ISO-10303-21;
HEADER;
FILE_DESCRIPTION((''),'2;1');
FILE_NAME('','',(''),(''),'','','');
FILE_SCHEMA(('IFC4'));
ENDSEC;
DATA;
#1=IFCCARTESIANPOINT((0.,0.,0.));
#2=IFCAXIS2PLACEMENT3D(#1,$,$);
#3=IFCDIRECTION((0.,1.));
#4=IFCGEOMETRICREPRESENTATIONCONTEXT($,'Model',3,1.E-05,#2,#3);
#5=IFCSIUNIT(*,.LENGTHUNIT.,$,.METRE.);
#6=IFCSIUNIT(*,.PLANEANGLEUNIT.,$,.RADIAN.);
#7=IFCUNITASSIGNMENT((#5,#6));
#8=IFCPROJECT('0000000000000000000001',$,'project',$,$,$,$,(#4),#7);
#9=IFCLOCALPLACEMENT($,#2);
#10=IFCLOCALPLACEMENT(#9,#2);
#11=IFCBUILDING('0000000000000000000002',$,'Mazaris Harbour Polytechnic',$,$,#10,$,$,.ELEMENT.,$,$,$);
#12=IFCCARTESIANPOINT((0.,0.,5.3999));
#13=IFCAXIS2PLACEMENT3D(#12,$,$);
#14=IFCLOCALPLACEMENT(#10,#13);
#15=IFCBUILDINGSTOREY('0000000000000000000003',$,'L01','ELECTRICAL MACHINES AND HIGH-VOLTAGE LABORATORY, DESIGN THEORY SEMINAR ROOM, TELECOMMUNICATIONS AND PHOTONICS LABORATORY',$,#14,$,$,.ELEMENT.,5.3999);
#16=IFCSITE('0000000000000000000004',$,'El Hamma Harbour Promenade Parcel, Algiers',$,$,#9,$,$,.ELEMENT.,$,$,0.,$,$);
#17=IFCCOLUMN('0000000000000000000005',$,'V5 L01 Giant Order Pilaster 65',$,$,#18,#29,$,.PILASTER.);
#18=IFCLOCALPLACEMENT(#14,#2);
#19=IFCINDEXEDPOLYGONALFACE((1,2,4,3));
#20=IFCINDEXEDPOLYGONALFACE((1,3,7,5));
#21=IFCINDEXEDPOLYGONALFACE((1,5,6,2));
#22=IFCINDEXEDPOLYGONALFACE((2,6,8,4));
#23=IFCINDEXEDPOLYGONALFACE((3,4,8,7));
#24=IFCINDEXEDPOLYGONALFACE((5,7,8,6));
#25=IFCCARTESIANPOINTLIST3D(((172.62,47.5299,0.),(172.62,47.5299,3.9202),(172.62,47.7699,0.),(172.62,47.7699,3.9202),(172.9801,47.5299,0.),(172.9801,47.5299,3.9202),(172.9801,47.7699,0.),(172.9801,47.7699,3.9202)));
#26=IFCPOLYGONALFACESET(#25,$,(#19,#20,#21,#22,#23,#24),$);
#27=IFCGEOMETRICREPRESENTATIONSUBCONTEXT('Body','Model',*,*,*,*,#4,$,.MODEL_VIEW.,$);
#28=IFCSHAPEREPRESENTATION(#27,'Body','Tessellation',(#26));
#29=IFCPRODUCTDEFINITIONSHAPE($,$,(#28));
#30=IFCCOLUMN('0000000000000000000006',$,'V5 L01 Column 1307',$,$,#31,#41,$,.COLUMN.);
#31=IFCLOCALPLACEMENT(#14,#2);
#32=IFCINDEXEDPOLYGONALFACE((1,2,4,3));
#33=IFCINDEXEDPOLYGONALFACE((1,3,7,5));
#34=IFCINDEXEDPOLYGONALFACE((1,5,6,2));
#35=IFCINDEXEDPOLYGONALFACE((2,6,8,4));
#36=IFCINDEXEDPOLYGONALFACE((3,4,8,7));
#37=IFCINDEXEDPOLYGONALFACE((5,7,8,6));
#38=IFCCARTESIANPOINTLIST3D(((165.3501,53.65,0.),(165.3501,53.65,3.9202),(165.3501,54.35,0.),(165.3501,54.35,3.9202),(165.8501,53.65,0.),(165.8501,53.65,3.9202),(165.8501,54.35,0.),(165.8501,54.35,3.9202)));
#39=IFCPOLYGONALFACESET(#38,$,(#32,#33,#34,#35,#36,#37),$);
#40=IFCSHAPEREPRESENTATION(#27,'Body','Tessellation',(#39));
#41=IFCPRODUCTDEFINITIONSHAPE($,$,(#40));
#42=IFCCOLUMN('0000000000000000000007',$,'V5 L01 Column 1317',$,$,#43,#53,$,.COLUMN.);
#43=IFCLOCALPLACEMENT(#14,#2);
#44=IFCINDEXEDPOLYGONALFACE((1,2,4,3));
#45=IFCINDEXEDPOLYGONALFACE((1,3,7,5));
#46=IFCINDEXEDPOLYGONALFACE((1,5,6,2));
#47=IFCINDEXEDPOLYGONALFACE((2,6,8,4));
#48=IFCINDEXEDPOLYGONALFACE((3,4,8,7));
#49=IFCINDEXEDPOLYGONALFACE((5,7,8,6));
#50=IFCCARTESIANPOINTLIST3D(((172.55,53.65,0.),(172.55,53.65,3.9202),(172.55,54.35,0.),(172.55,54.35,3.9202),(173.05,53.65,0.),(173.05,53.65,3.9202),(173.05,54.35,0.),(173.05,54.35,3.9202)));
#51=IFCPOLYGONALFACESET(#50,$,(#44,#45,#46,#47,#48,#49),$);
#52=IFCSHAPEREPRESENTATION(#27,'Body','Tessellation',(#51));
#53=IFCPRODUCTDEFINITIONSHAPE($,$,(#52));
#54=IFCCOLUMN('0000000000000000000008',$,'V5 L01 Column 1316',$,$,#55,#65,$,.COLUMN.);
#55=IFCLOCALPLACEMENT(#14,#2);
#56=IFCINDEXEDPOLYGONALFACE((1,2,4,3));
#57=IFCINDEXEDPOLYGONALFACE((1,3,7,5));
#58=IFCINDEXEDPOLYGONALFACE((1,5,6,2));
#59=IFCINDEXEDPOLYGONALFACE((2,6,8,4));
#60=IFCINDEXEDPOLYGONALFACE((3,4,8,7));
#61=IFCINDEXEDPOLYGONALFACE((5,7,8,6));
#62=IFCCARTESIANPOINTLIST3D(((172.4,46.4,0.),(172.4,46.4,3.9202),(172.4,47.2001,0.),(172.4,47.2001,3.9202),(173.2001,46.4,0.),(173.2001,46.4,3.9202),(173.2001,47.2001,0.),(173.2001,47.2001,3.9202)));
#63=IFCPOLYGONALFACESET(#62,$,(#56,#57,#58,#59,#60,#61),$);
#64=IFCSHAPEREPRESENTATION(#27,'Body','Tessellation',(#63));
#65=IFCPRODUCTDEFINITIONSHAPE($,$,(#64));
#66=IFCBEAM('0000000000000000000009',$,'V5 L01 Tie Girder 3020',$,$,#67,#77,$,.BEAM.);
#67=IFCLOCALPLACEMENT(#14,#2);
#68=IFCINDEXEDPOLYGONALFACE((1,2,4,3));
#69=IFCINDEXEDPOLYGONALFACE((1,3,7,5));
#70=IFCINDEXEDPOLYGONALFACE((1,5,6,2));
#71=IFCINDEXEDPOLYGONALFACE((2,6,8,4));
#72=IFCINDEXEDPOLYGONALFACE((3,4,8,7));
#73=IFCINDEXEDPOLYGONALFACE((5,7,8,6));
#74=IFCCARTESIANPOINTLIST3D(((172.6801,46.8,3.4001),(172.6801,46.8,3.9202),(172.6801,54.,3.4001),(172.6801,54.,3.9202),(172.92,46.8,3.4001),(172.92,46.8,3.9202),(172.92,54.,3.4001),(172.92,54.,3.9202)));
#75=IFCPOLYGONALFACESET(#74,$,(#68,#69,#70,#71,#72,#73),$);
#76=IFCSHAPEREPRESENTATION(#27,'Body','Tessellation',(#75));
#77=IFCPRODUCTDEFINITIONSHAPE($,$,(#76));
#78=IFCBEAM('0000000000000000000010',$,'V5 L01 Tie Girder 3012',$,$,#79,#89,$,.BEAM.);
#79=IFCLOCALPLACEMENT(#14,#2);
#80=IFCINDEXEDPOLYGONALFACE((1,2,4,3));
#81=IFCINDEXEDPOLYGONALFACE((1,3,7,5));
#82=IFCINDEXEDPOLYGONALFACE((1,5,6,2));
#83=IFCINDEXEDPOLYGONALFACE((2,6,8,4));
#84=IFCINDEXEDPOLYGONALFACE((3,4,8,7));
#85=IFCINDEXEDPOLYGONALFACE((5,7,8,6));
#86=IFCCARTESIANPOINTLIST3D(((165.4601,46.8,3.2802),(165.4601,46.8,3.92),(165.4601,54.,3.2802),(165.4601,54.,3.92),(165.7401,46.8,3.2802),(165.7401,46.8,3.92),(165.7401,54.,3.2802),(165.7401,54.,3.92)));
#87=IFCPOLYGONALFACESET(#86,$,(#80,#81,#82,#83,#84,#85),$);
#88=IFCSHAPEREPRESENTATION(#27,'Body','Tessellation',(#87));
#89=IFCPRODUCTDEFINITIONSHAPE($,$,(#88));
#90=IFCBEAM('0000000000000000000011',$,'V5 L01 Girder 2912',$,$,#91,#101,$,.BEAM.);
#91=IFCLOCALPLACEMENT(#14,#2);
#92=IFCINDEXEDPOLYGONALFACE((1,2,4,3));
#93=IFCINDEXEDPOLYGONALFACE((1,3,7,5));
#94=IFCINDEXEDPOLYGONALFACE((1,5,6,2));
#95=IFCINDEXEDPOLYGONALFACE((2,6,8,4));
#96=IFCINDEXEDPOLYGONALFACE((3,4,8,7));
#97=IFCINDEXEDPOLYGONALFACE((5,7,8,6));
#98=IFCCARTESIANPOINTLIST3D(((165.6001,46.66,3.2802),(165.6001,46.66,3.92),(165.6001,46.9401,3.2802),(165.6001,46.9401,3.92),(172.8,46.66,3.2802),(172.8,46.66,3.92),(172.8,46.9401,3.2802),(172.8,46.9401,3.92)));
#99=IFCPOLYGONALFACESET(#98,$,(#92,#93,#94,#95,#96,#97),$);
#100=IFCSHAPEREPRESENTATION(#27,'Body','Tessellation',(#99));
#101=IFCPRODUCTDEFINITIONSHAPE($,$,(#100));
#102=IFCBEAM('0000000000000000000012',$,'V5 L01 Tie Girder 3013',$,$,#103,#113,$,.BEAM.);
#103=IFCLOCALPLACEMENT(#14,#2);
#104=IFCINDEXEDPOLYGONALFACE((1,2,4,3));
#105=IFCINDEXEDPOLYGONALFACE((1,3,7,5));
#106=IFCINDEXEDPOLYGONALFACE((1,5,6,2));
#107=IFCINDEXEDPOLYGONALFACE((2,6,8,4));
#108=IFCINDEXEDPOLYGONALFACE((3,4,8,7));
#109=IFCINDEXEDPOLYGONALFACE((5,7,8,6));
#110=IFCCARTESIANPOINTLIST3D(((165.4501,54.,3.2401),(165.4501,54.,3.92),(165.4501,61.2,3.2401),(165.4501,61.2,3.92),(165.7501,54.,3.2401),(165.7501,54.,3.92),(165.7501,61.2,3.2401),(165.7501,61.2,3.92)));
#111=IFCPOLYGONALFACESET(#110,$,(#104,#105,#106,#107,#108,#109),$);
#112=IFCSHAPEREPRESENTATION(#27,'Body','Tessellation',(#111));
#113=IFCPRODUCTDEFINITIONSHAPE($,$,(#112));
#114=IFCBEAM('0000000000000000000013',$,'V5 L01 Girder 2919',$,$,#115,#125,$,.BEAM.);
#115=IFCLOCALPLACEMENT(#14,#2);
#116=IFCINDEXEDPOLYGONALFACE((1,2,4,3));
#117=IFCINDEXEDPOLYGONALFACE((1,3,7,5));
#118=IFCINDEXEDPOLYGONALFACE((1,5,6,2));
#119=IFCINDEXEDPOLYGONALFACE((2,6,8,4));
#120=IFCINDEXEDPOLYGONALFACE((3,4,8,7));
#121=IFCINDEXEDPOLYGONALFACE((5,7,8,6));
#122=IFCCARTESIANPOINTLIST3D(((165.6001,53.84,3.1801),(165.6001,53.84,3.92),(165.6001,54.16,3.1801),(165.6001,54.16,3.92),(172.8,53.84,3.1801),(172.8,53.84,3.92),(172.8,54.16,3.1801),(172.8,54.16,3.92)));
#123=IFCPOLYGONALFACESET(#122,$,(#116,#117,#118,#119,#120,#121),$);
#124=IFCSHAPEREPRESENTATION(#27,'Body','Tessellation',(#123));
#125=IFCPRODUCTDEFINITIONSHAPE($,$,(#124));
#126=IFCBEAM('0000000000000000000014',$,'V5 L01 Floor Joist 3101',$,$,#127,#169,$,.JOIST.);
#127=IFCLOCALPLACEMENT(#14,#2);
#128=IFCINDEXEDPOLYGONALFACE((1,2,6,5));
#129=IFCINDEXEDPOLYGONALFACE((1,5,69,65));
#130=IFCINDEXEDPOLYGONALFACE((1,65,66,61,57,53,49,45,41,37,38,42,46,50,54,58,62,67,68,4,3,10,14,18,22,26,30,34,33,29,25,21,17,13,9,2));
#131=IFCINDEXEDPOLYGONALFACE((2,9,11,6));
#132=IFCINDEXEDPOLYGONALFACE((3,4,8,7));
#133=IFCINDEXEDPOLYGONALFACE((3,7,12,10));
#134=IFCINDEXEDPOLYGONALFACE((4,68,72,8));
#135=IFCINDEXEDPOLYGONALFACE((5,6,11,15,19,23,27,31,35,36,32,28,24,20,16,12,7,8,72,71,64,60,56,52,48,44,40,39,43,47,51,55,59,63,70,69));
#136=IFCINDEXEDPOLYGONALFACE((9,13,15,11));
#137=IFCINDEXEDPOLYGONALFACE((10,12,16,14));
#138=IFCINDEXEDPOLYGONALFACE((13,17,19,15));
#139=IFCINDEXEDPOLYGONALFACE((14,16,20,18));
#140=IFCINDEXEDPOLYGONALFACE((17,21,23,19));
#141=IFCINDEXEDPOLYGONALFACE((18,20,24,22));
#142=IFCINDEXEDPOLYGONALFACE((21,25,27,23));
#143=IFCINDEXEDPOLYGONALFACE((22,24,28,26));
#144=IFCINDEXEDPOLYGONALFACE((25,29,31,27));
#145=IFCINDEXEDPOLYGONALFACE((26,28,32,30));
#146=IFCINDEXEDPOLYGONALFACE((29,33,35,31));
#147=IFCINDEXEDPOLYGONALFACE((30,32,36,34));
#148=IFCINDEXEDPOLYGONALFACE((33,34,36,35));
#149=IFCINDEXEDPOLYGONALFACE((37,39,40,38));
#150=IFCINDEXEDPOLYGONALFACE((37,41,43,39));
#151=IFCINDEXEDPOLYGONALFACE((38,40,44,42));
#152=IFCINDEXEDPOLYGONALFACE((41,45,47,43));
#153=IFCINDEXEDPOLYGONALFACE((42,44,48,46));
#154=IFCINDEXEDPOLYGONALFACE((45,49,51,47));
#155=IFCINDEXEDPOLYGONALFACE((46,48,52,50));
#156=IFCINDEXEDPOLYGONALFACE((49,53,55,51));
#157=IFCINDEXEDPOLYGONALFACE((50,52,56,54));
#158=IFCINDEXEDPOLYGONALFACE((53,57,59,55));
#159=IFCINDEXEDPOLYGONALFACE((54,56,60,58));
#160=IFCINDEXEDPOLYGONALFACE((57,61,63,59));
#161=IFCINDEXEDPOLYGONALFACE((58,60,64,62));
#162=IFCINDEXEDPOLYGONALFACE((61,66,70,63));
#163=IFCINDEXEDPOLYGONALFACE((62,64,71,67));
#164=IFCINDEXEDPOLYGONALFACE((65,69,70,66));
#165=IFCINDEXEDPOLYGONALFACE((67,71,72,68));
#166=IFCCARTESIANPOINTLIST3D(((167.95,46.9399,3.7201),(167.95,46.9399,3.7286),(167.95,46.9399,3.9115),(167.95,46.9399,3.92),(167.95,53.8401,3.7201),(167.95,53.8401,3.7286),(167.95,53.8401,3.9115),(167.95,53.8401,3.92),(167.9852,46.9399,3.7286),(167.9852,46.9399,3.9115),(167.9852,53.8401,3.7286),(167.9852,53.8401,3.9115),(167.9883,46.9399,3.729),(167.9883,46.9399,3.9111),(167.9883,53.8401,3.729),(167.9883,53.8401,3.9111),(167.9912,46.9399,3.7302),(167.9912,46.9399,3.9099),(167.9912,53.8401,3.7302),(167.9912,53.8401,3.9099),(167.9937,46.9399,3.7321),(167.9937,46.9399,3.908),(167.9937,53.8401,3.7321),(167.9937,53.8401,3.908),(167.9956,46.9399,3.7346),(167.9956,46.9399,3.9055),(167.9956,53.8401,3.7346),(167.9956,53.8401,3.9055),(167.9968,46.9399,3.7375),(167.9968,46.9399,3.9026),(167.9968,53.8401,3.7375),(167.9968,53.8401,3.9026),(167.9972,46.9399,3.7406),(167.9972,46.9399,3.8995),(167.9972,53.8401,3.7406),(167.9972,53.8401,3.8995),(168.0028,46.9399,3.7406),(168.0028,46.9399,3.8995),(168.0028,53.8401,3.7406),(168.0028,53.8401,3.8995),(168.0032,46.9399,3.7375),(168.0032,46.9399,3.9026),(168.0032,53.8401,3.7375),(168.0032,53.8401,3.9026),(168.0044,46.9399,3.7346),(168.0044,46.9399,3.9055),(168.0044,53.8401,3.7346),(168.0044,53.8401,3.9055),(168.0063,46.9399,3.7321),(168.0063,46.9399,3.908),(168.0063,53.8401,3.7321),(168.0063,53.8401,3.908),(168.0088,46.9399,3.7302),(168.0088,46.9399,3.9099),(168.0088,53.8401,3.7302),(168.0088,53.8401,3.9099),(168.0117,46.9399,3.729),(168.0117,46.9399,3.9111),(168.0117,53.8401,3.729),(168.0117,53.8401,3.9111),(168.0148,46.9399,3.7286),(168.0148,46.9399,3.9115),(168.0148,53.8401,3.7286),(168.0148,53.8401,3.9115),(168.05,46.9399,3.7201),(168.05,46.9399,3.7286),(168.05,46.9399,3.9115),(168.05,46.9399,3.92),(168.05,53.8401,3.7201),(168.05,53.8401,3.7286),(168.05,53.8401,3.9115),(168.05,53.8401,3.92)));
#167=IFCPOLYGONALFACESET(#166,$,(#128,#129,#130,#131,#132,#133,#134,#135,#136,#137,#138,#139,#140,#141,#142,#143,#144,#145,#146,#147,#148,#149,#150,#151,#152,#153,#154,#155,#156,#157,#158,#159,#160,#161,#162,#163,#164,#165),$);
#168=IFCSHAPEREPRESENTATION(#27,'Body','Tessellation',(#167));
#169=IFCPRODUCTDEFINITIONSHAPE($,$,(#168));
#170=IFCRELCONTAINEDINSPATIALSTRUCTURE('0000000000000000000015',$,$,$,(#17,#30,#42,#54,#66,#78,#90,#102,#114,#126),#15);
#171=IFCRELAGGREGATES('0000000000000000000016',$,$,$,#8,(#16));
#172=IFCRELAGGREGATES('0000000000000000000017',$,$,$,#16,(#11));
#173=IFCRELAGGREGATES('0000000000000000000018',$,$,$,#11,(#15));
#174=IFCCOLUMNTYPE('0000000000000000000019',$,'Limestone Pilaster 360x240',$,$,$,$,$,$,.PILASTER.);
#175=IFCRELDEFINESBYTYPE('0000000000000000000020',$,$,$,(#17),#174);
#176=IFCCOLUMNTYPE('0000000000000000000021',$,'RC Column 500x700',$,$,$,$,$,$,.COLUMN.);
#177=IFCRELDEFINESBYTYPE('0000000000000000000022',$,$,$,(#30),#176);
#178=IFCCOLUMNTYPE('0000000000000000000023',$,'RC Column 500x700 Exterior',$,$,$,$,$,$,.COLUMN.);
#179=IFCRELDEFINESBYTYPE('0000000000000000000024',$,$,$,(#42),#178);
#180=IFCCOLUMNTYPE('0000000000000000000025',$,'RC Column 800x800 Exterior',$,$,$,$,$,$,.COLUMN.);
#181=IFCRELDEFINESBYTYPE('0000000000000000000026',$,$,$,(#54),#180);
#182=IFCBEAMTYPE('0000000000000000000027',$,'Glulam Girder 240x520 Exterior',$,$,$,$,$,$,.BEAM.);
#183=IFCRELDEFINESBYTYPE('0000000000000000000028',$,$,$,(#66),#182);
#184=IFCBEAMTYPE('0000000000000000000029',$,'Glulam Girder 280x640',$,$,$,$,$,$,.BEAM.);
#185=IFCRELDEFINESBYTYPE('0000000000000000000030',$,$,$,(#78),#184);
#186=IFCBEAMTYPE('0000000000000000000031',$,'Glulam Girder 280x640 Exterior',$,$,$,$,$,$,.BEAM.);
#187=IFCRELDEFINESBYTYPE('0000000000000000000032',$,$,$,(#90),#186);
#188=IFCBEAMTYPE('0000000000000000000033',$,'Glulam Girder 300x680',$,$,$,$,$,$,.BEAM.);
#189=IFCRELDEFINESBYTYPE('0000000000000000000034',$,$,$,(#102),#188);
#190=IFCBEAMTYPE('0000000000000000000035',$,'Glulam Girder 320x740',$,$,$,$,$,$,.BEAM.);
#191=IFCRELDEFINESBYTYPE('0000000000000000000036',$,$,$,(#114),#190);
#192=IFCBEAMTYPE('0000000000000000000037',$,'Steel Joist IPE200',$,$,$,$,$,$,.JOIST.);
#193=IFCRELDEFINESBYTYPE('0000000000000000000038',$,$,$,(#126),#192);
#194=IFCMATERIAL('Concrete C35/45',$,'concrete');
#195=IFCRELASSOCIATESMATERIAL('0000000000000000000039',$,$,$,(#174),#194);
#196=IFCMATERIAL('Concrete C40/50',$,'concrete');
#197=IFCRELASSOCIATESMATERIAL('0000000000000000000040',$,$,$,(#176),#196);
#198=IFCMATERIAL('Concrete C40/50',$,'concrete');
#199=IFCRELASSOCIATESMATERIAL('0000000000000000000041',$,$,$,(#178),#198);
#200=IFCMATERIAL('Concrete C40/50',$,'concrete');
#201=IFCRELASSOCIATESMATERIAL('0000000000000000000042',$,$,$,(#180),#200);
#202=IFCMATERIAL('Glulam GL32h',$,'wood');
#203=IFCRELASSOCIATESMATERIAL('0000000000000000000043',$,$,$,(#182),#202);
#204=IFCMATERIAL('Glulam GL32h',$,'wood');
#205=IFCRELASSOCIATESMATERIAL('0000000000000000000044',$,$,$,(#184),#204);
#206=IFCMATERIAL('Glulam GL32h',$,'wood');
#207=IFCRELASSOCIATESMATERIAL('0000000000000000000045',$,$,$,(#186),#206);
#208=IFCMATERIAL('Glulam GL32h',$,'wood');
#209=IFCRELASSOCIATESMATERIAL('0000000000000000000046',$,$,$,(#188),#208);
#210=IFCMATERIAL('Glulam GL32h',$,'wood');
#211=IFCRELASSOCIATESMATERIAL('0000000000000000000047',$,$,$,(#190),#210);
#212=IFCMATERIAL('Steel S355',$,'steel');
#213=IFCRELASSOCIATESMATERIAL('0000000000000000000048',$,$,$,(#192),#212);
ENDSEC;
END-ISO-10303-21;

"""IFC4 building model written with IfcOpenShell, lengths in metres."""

from ifc_helpers import new_model, si_unit, direction, frame, origin, origin_2d, place, context, subcontext, project, spatial, rectangle, i_section, extrude, material, material_profile, profile_set, type_object, element, save


model = new_model("IFC4")

# Units and contexts
model_context = context("Model", 3, precision=1e-05, world=origin(), true_north=direction((0.0, 1.0)))
body_context = subcontext(model_context, "Body", "Model", "MODEL_VIEW")
ifc_project = project(units=[si_unit("LENGTHUNIT", "METRE"), si_unit("PLANEANGLEUNIT", "RADIAN")], contexts=[model_context])

# Site, building, storey
site_placement = place(None, origin())
site = spatial("IfcSite", under=ifc_project, at=site_placement, Name="El Hamma Harbour Promenade Parcel, Algiers", CompositionType="ELEMENT", RefElevation=0.0)
building_placement = place(site_placement, origin())
building = spatial("IfcBuilding", under=site, at=building_placement, Name="Mazaris Harbour Polytechnic", CompositionType="ELEMENT")
storey_placement = place(building_placement, frame((0.0, 0.0, 5.3999)))
storey = spatial("IfcBuildingStorey", under=building, at=storey_placement, Name="L01", Description="ELECTRICAL MACHINES AND HIGH-VOLTAGE LABORATORY, DESIGN THEORY SEMINAR ROOM, TELECOMMUNICATIONS AND PHOTONICS LABORATORY", CompositionType="ELEMENT", Elevation=5.3999)

# Columns
ifc_material_1 = material(Name="Concrete C35/45", Category="concrete")
ifc_material_profile_1 = material_profile(ifc_material_1, rectangle(XDim=0.3601, YDim=0.24, at=origin_2d()), Name="RECT360x240")
ifc_profile_set_1 = profile_set([ifc_material_profile_1], Name="Concrete C35/45")
column_type_1 = type_object("IfcColumnType", Name="Limestone Pilaster 360x240", PredefinedType="PILASTER", material=ifc_profile_set_1)
column_1_placement = place(storey_placement, frame((172.8, 47.6499, 0.0), z_axis=(0.0, 0.0, 1.0), x_axis=(1.0, 0.0, 0.0)))
element("IfcColumn", 1, at=column_1_placement, inside=storey, type_object=column_type_1, Name="V5 L01 Giant Order Pilaster 65", PredefinedType="PILASTER", context=body_context, shape_type="SweptSolid", body=[
    extrude(rectangle(XDim=0.3601, YDim=0.24, at=origin_2d()), origin(), (0.0, 0.0, 1.0), 3.9202),
])
ifc_material_2 = material(Name="Concrete C40/50", Category="concrete")
ifc_material_profile_2 = material_profile(ifc_material_2, rectangle(XDim=0.5, YDim=0.7, at=origin_2d()), Name="RECT500x700")
ifc_profile_set_2 = profile_set([ifc_material_profile_2], Name="Concrete C40/50")
column_type_2 = type_object("IfcColumnType", Name="RC Column 500x700", PredefinedType="COLUMN", material=ifc_profile_set_2)
column_2_placement = place(storey_placement, frame((165.6001, 54.0, 0.0), z_axis=(0.0, 0.0, 1.0), x_axis=(1.0, 0.0, 0.0)))
element("IfcColumn", 2, at=column_2_placement, inside=storey, type_object=column_type_2, Name="V5 L01 Column 1307", PredefinedType="COLUMN", context=body_context, shape_type="SweptSolid", body=[
    extrude(rectangle(XDim=0.5, YDim=0.7, at=origin_2d()), origin(), (0.0, 0.0, 1.0), 3.9202),
])
ifc_material_3 = material(Name="Concrete C40/50", Category="concrete")
ifc_material_profile_3 = material_profile(ifc_material_3, rectangle(XDim=0.5, YDim=0.7, at=origin_2d()), Name="RECT500x700")
ifc_profile_set_3 = profile_set([ifc_material_profile_3], Name="Concrete C40/50")
column_type_3 = type_object("IfcColumnType", Name="RC Column 500x700 Exterior", PredefinedType="COLUMN", material=ifc_profile_set_3)
column_3_placement = place(storey_placement, frame((172.8, 54.0, 0.0), z_axis=(0.0, 0.0, 1.0), x_axis=(1.0, 0.0, 0.0)))
element("IfcColumn", 3, at=column_3_placement, inside=storey, type_object=column_type_3, Name="V5 L01 Column 1317", PredefinedType="COLUMN", context=body_context, shape_type="SweptSolid", body=[
    extrude(rectangle(XDim=0.5, YDim=0.7, at=origin_2d()), origin(), (0.0, 0.0, 1.0), 3.9202),
])
ifc_material_4 = material(Name="Concrete C40/50", Category="concrete")
ifc_material_profile_4 = material_profile(ifc_material_4, rectangle(XDim=0.8, YDim=0.8, at=origin_2d()), Name="RECT800x800")
ifc_profile_set_4 = profile_set([ifc_material_profile_4], Name="Concrete C40/50")
column_type_4 = type_object("IfcColumnType", Name="RC Column 800x800 Exterior", PredefinedType="COLUMN", material=ifc_profile_set_4)
column_4_placement = place(storey_placement, frame((172.8, 46.8, 0.0), z_axis=(0.0, 0.0, 1.0), x_axis=(1.0, 0.0, 0.0)))
element("IfcColumn", 4, at=column_4_placement, inside=storey, type_object=column_type_4, Name="V5 L01 Column 1316", PredefinedType="COLUMN", context=body_context, shape_type="SweptSolid", body=[
    extrude(rectangle(XDim=0.8, YDim=0.8, at=origin_2d()), origin(), (0.0, 0.0, 1.0), 3.9202),
])

# Beams
ifc_material_5 = material(Name="Glulam GL32h", Category="wood")
ifc_material_profile_5 = material_profile(ifc_material_5, rectangle(XDim=0.24, YDim=0.52, at=origin_2d()), Name="RECT240x520")
ifc_profile_set_5 = profile_set([ifc_material_profile_5], Name="Glulam GL32h")
beam_type_1 = type_object("IfcBeamType", Name="Glulam Girder 240x520 Exterior", PredefinedType="BEAM", material=ifc_profile_set_5)
beam_1_placement = place(storey_placement, frame((172.8, 46.8, 3.6602), z_axis=(0.0, 1.0, 0.0), x_axis=(-1.0, 0.0, 0.0)))
element("IfcBeam", 5, at=beam_1_placement, inside=storey, type_object=beam_type_1, Name="V5 L01 Tie Girder 3020", PredefinedType="BEAM", context=body_context, shape_type="SweptSolid", body=[
    extrude(rectangle(XDim=0.24, YDim=0.52, at=origin_2d()), origin(), (0.0, 0.0, 1.0), 7.2),
])
ifc_material_6 = material(Name="Glulam GL32h", Category="wood")
ifc_material_profile_6 = material_profile(ifc_material_6, rectangle(XDim=0.28, YDim=0.6399, at=origin_2d()), Name="RECT280x640")
ifc_profile_set_6 = profile_set([ifc_material_profile_6], Name="Glulam GL32h")
beam_type_2 = type_object("IfcBeamType", Name="Glulam Girder 280x640", PredefinedType="BEAM", material=ifc_profile_set_6)
beam_2_placement = place(storey_placement, frame((165.6001, 46.8, 3.6001), z_axis=(0.0, 1.0, 0.0), x_axis=(-1.0, 0.0, 0.0)))
element("IfcBeam", 6, at=beam_2_placement, inside=storey, type_object=beam_type_2, Name="V5 L01 Tie Girder 3012", PredefinedType="BEAM", context=body_context, shape_type="SweptSolid", body=[
    extrude(rectangle(XDim=0.28, YDim=0.6399, at=origin_2d()), origin(), (0.0, 0.0, 1.0), 7.2),
])
ifc_material_7 = material(Name="Glulam GL32h", Category="wood")
ifc_material_profile_7 = material_profile(ifc_material_7, rectangle(XDim=0.28, YDim=0.6399, at=origin_2d()), Name="RECT280x640")
ifc_profile_set_7 = profile_set([ifc_material_profile_7], Name="Glulam GL32h")
beam_type_3 = type_object("IfcBeamType", Name="Glulam Girder 280x640 Exterior", PredefinedType="BEAM", material=ifc_profile_set_7)
beam_3_placement = place(storey_placement, frame((165.6001, 46.8, 3.6001), z_axis=(1.0, 0.0, 0.0), x_axis=(0.0, 1.0, 0.0)))
element("IfcBeam", 7, at=beam_3_placement, inside=storey, type_object=beam_type_3, Name="V5 L01 Girder 2912", PredefinedType="BEAM", context=body_context, shape_type="SweptSolid", body=[
    extrude(rectangle(XDim=0.28, YDim=0.6399, at=origin_2d()), origin(), (0.0, 0.0, 1.0), 7.2),
])
ifc_material_8 = material(Name="Glulam GL32h", Category="wood")
ifc_material_profile_8 = material_profile(ifc_material_8, rectangle(XDim=0.3, YDim=0.6799, at=origin_2d()), Name="RECT300x680")
ifc_profile_set_8 = profile_set([ifc_material_profile_8], Name="Glulam GL32h")
beam_type_4 = type_object("IfcBeamType", Name="Glulam Girder 300x680", PredefinedType="BEAM", material=ifc_profile_set_8)
beam_4_placement = place(storey_placement, frame((165.6001, 54.0, 3.5801), z_axis=(0.0, 1.0, 0.0), x_axis=(-1.0, 0.0, 0.0)))
element("IfcBeam", 8, at=beam_4_placement, inside=storey, type_object=beam_type_4, Name="V5 L01 Tie Girder 3013", PredefinedType="BEAM", context=body_context, shape_type="SweptSolid", body=[
    extrude(rectangle(XDim=0.3, YDim=0.6799, at=origin_2d()), origin(), (0.0, 0.0, 1.0), 7.2),
])
ifc_material_9 = material(Name="Glulam GL32h", Category="wood")
ifc_material_profile_9 = material_profile(ifc_material_9, rectangle(XDim=0.3201, YDim=0.74, at=origin_2d()), Name="RECT320x740")
ifc_profile_set_9 = profile_set([ifc_material_profile_9], Name="Glulam GL32h")
beam_type_5 = type_object("IfcBeamType", Name="Glulam Girder 320x740", PredefinedType="BEAM", material=ifc_profile_set_9)
beam_5_placement = place(storey_placement, frame((165.6001, 54.0, 3.55), z_axis=(1.0, 0.0, 0.0), x_axis=(0.0, 1.0, 0.0)))
element("IfcBeam", 9, at=beam_5_placement, inside=storey, type_object=beam_type_5, Name="V5 L01 Girder 2919", PredefinedType="BEAM", context=body_context, shape_type="SweptSolid", body=[
    extrude(rectangle(XDim=0.3201, YDim=0.74, at=origin_2d()), origin(), (0.0, 0.0, 1.0), 7.2),
])
ifc_material_10 = material(Name="Steel S355", Category="steel")
ifc_material_profile_10 = material_profile(ifc_material_10, i_section(OverallWidth=0.1001, OverallDepth=0.2, WebThickness=0.0056, FlangeThickness=0.0085, FilletRadius=0.012, at=origin_2d()), Name="IPE 200")
ifc_profile_set_10 = profile_set([ifc_material_profile_10], Name="Steel S355")
beam_type_6 = type_object("IfcBeamType", Name="Steel Joist IPE200", PredefinedType="JOIST", material=ifc_profile_set_10)
beam_6_placement = place(storey_placement, frame((168.0, 46.9399, 3.8201), z_axis=(0.0, 1.0, 0.0), x_axis=(-1.0, 0.0, 0.0)))
element("IfcBeam", 10, at=beam_6_placement, inside=storey, type_object=beam_type_6, Name="V5 L01 Floor Joist 3101", PredefinedType="JOIST", context=body_context, shape_type="SweptSolid", body=[
    extrude(i_section(OverallWidth=0.1001, OverallDepth=0.2, WebThickness=0.0056, FlangeThickness=0.0085, FilletRadius=0.012, at=origin_2d()), origin(), (0.0, 0.0, 1.0), 6.9001),
])

save(model, "model.ifc")
